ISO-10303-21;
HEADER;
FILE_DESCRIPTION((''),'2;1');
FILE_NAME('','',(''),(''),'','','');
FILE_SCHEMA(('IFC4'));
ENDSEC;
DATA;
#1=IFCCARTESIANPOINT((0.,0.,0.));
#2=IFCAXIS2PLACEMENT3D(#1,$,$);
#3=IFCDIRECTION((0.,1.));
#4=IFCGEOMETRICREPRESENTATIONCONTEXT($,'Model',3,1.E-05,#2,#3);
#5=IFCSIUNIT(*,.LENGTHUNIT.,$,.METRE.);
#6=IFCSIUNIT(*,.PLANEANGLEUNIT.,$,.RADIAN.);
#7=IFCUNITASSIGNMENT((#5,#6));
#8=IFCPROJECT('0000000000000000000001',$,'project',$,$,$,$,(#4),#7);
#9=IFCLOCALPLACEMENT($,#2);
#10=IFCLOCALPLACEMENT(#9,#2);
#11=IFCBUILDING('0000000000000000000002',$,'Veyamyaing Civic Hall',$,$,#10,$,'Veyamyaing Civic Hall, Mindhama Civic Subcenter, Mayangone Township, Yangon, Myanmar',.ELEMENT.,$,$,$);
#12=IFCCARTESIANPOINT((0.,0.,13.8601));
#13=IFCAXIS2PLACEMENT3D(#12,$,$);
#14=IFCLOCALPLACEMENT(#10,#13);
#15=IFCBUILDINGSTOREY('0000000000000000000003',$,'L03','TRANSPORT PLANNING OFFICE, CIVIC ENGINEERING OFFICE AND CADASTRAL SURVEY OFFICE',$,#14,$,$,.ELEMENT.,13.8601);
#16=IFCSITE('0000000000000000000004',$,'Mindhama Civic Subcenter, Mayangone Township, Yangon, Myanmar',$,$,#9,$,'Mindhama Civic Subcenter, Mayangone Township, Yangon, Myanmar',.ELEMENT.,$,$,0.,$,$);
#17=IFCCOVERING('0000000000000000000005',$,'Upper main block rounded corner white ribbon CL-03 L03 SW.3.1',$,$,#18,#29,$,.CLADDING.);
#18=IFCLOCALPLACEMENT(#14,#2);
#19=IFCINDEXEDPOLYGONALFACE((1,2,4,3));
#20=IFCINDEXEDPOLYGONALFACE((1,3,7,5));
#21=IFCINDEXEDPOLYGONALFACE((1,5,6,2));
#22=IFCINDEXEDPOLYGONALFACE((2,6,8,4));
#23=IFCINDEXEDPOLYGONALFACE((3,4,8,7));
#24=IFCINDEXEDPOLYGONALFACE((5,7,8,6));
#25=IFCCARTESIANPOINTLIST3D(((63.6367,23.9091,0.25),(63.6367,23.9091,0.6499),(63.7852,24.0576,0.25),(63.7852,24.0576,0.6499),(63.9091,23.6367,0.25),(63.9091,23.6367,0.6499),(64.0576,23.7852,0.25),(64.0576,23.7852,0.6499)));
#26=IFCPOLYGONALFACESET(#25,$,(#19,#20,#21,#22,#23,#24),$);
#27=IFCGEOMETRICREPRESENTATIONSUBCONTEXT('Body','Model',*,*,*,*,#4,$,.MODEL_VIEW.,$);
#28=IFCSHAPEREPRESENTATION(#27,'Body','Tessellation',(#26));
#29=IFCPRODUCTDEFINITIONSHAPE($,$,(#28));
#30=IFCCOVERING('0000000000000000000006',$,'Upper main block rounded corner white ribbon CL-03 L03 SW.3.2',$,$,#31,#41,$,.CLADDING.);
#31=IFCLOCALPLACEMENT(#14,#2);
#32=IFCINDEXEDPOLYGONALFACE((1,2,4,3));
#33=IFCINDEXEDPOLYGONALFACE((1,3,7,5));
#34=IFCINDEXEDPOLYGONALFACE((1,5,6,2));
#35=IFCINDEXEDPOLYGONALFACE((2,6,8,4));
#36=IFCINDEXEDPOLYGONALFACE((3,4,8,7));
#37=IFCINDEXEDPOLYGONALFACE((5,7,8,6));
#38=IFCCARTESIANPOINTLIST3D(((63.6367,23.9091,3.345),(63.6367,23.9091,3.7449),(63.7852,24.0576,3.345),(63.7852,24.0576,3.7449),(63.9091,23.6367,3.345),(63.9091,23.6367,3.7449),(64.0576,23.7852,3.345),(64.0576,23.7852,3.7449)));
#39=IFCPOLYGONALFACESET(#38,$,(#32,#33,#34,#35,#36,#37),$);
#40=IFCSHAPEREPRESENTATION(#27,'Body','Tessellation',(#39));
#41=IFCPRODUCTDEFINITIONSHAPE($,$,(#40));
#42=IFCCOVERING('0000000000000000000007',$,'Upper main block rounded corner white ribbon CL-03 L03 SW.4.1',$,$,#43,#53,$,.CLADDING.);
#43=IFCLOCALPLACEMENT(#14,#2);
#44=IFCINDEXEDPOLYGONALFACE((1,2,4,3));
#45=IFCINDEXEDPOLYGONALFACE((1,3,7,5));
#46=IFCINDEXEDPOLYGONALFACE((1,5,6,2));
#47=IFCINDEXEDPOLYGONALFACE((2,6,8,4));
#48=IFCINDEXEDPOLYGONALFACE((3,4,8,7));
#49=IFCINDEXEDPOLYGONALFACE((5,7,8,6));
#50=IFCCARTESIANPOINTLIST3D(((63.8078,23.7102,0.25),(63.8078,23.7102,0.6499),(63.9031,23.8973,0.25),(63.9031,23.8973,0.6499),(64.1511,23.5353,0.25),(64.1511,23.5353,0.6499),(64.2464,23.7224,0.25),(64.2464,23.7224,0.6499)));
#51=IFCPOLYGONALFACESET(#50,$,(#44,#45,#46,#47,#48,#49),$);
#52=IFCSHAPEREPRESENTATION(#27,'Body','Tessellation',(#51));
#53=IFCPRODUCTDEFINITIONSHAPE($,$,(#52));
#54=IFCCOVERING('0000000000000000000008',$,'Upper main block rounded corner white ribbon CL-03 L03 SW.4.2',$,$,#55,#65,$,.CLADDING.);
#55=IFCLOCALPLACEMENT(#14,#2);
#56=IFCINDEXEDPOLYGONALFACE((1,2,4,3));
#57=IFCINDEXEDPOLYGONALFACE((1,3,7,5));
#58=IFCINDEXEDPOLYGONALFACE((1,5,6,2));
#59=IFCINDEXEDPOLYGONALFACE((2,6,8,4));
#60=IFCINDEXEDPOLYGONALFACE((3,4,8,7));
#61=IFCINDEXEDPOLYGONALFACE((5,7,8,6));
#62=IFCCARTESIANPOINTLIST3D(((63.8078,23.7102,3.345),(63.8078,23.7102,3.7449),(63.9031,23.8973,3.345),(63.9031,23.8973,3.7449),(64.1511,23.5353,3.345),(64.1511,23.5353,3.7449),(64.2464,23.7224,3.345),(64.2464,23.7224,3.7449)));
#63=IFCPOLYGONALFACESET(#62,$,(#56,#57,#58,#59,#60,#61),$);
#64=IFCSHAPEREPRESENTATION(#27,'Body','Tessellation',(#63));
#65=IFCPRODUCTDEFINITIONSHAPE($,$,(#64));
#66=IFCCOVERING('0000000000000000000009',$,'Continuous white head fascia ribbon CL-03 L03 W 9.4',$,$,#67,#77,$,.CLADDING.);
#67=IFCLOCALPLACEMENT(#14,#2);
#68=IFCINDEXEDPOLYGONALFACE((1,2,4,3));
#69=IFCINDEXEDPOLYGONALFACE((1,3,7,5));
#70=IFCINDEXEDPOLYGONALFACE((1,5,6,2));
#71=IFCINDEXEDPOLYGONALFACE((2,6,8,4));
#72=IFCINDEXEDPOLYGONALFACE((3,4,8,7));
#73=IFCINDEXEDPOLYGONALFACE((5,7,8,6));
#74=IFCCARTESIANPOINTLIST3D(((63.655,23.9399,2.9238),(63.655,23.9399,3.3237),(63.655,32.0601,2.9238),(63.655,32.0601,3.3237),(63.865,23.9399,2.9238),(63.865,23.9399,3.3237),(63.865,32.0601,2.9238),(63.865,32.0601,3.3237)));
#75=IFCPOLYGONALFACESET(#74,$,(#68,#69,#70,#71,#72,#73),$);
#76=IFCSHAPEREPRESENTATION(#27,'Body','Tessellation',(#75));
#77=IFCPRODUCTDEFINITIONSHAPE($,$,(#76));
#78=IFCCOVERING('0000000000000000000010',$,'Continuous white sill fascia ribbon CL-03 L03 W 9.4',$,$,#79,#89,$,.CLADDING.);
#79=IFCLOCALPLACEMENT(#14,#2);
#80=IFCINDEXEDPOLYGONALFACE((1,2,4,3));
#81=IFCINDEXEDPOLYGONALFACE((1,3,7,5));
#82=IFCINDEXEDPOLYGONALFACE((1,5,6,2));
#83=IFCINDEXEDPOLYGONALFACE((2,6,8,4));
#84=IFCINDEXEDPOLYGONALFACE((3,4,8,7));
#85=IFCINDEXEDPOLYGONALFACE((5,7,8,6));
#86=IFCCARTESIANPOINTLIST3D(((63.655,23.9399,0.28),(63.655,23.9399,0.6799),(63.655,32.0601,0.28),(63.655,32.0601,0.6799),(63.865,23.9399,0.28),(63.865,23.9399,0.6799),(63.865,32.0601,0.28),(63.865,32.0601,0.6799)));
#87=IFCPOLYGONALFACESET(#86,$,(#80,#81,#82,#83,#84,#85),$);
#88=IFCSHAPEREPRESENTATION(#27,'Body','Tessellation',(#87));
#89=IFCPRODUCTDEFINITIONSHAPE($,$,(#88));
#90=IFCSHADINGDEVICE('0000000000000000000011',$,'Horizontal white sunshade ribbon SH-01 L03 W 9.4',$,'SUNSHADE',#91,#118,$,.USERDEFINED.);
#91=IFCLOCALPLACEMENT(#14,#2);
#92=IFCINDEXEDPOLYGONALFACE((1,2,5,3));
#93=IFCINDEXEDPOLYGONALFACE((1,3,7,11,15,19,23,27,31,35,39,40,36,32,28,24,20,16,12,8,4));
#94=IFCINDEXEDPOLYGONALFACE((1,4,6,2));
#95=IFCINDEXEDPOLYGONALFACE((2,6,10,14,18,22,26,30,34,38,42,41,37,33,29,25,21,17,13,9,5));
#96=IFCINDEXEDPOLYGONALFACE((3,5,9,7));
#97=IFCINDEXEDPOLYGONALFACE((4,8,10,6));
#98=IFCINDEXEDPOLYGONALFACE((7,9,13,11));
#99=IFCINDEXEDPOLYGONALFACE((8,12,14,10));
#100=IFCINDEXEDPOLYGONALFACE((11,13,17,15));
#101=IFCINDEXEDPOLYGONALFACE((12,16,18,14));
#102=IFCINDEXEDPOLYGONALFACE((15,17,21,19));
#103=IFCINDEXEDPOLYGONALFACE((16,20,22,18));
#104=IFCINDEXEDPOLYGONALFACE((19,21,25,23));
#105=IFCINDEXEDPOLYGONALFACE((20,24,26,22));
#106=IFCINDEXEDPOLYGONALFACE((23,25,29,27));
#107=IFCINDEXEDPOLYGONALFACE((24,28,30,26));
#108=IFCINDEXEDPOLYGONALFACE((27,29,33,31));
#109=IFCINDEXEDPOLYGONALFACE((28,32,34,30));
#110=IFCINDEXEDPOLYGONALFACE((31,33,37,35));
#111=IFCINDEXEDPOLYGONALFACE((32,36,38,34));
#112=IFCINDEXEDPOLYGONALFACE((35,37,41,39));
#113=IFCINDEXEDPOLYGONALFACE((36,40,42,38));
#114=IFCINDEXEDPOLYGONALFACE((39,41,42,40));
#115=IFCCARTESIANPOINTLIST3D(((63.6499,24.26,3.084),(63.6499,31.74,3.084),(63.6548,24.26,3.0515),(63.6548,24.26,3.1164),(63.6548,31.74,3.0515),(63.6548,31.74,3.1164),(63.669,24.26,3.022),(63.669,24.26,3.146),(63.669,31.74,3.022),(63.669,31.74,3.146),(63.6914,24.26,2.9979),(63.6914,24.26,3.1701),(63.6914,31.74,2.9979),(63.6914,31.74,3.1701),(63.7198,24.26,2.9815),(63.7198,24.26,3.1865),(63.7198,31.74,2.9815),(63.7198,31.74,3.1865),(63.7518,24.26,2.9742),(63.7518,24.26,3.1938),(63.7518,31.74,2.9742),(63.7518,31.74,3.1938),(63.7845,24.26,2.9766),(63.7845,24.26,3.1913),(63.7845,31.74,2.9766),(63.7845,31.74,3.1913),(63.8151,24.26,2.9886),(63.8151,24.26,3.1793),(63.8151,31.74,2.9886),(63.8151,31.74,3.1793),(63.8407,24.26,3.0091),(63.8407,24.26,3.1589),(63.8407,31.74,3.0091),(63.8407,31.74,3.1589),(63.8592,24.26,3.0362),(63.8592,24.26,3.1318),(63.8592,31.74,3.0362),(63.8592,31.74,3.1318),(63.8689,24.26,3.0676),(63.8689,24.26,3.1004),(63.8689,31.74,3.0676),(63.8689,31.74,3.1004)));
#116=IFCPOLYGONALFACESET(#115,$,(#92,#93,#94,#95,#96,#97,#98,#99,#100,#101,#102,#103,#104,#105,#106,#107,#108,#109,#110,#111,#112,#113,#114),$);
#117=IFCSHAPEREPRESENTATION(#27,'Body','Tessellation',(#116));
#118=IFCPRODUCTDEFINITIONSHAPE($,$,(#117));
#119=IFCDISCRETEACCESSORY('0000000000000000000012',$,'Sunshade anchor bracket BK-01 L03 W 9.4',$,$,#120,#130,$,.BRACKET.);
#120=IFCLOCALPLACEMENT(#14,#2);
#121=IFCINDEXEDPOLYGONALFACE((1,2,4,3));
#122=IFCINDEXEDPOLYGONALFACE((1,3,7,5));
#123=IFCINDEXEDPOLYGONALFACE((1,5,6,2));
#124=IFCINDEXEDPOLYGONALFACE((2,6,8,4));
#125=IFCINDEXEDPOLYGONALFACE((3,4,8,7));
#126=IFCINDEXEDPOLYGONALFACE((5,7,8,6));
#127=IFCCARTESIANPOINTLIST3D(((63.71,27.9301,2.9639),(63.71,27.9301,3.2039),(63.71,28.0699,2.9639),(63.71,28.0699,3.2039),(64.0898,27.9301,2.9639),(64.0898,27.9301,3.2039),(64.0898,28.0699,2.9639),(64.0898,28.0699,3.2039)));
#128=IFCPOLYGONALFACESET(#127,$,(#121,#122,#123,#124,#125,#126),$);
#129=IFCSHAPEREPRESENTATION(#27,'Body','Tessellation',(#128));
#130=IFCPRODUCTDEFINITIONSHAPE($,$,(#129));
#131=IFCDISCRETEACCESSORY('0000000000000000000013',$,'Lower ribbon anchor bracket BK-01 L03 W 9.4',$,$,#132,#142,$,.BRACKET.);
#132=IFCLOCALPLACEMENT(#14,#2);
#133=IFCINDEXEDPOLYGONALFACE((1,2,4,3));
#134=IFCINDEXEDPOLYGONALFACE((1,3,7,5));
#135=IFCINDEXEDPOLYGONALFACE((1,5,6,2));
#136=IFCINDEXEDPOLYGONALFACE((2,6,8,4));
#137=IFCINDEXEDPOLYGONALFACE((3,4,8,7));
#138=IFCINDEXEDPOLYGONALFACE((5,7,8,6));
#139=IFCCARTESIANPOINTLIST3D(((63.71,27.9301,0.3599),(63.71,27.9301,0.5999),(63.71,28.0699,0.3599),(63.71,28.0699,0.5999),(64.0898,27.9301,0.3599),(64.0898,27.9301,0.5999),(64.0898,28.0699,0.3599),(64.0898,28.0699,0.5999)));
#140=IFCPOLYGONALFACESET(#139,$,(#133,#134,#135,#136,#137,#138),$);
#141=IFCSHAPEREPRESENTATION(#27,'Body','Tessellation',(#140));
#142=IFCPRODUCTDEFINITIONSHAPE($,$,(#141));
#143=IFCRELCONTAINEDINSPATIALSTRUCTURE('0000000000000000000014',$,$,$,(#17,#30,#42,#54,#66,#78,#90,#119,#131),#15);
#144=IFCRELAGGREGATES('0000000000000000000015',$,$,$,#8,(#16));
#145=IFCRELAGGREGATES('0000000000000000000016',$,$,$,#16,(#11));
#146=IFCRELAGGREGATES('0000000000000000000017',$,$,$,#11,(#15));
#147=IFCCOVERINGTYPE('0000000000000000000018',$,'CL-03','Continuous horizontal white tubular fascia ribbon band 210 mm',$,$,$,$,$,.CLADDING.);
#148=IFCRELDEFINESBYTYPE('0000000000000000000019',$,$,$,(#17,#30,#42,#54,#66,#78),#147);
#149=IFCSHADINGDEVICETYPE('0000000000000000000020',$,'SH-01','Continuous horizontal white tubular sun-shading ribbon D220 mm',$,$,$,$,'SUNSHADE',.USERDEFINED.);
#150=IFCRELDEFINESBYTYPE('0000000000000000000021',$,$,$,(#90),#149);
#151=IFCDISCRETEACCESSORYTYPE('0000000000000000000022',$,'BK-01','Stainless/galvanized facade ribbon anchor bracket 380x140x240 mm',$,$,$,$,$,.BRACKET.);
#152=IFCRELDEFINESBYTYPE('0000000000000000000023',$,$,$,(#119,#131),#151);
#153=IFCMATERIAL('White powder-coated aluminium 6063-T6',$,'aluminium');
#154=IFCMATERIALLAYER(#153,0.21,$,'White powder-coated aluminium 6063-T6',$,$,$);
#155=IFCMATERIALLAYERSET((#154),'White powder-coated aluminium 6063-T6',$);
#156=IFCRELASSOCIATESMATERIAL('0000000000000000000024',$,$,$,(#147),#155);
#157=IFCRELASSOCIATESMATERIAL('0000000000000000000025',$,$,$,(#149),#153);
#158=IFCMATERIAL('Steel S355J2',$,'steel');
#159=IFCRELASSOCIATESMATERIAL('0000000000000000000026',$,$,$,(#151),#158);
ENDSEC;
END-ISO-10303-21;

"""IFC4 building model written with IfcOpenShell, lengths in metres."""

from ifc_helpers import new_model, si_unit, direction, frame, origin, origin_2d, place, context, subcontext, project, spatial, rectangle, circle, extrude, material, layer, layer_set, material_profile, profile_set, type_object, element, save


model = new_model("IFC4")

# Units and contexts
model_context = context("Model", 3, precision=1e-05, world=origin(), true_north=direction((0.0, 1.0)))
body_context = subcontext(model_context, "Body", "Model", "MODEL_VIEW")
ifc_project = project(units=[si_unit("LENGTHUNIT", "METRE"), si_unit("PLANEANGLEUNIT", "RADIAN")], contexts=[model_context])

# Site, building, storey
site_placement = place(None, origin())
site = spatial("IfcSite", under=ifc_project, at=site_placement, Name="Mindhama Civic Subcenter, Mayangone Township, Yangon, Myanmar", LongName="Mindhama Civic Subcenter, Mayangone Township, Yangon, Myanmar", CompositionType="ELEMENT", RefElevation=0.0)
building_placement = place(site_placement, origin())
building = spatial("IfcBuilding", under=site, at=building_placement, Name="Veyamyaing Civic Hall", LongName="Veyamyaing Civic Hall, Mindhama Civic Subcenter, Mayangone Township, Yangon, Myanmar", CompositionType="ELEMENT")
storey_placement = place(building_placement, frame((0.0, 0.0, 13.8601)))
storey = spatial("IfcBuildingStorey", under=building, at=storey_placement, Name="L03", Description="TRANSPORT PLANNING OFFICE, CIVIC ENGINEERING OFFICE AND CADASTRAL SURVEY OFFICE", CompositionType="ELEMENT", Elevation=13.8601)

# Coverings
ifc_material_1 = material(Name="White powder-coated aluminium 6063-T6", Category="aluminium")
ifc_layer_1 = layer(ifc_material_1, 0.21, Name="White powder-coated aluminium 6063-T6")
ifc_layer_set_1 = layer_set([ifc_layer_1], Name="White powder-coated aluminium 6063-T6")
covering_type_1 = type_object("IfcCoveringType", Name="CL-03", Description="Continuous horizontal white tubular fascia ribbon band 210 mm", PredefinedType="CLADDING", material=ifc_layer_set_1)
for number, where, z_axis, x_axis, name in (
    (1, (63.8472, 23.8472, 0.25), (0.0, 0.0, 1.0), (0.707107, -0.707107, 0.0), "Upper main block rounded corner white ribbon CL-03 L03 SW.3.1"),
    (2, (63.8472, 23.8472, 3.345), (0.0, 0.0, 1.0), (0.707107, -0.707107, 0.0), "Upper main block rounded corner white ribbon CL-03 L03 SW.3.2"),
    (3, (64.0271, 23.7163, 0.25), (0.0, 0.0, 1.0), (0.891007, -0.45399, 0.0), "Upper main block rounded corner white ribbon CL-03 L03 SW.4.1"),
    (4, (64.0271, 23.7163, 3.345), (0.0, 0.0, 1.0), (0.891007, -0.45399, 0.0), "Upper main block rounded corner white ribbon CL-03 L03 SW.4.2"),
):
    element("IfcCovering", number, at=place(storey_placement, frame(where, z_axis=z_axis, x_axis=x_axis)), inside=storey, type_object=covering_type_1, Name=name, PredefinedType="CLADDING", context=body_context, shape_type="SweptSolid", body=[
        extrude(rectangle(XDim=0.3853, YDim=0.21, at=origin_2d()), origin(), (0.0, 0.0, 1.0), 0.3999),
    ])
for number, where, z_axis, x_axis, name in (
    (5, (63.76, 28.0, 2.9238), (0.0, 0.0, 1.0), (0.0, 1.0, 0.0), "Continuous white head fascia ribbon CL-03 L03 W 9.4"),
    (6, (63.76, 28.0, 0.28), (0.0, 0.0, 1.0), (0.0, 1.0, 0.0), "Continuous white sill fascia ribbon CL-03 L03 W 9.4"),
):
    element("IfcCovering", number, at=place(storey_placement, frame(where, z_axis=z_axis, x_axis=x_axis)), inside=storey, type_object=covering_type_1, Name=name, PredefinedType="CLADDING", context=body_context, shape_type="SweptSolid", body=[
        extrude(rectangle(XDim=8.1201, YDim=0.21, at=origin_2d()), origin(), (0.0, 0.0, 1.0), 0.3999),
    ])

# Shading device
ifc_material_profile_1 = material_profile(ifc_material_1, circle(Radius=0.1101, at=origin_2d()), Name="SHADE-TUBE-220")
ifc_profile_set_1 = profile_set([ifc_material_profile_1], Name="White powder-coated aluminium 6063-T6")
shading_device_type = type_object("IfcShadingDeviceType", Name="SH-01", Description="Continuous horizontal white tubular sun-shading ribbon D220 mm", ElementType="SUNSHADE", PredefinedType="USERDEFINED", material=ifc_profile_set_1)
shading_device_placement = place(storey_placement, frame((63.76, 24.26, 3.084), z_axis=(0.0, 1.0, 0.0), x_axis=(-1.0, 0.0, 0.0)))
element("IfcShadingDevice", 7, at=shading_device_placement, inside=storey, type_object=shading_device_type, Name="Horizontal white sunshade ribbon SH-01 L03 W 9.4", ObjectType="SUNSHADE", PredefinedType="USERDEFINED", context=body_context, shape_type="SweptSolid", body=[
    extrude(circle(Radius=0.1101, at=origin_2d()), origin(), (0.0, 0.0, 1.0), 7.48),
])

# Discrete accessories
ifc_material_2 = material(Name="Steel S355J2", Category="steel")
discrete_accessory_type = type_object("IfcDiscreteAccessoryType", Name="BK-01", Description="Stainless/galvanized facade ribbon anchor bracket 380x140x240 mm", PredefinedType="BRACKET", material=ifc_material_2)
for number, where, z_axis, x_axis, name in (
    (8, (63.8999, 28.0, 2.9639), (0.0, 0.0, 1.0), (-1.0, 0.0, 0.0), "Sunshade anchor bracket BK-01 L03 W 9.4"),
    (9, (63.8999, 28.0, 0.3599), (0.0, 0.0, 1.0), (-1.0, 0.0, 0.0), "Lower ribbon anchor bracket BK-01 L03 W 9.4"),
):
    element("IfcDiscreteAccessory", number, at=place(storey_placement, frame(where, z_axis=z_axis, x_axis=x_axis)), inside=storey, type_object=discrete_accessory_type, Name=name, PredefinedType="BRACKET", context=body_context, shape_type="SweptSolid", body=[
        extrude(rectangle(XDim=0.3799, YDim=0.1399, at=origin_2d()), origin(), (0.0, 0.0, 1.0), 0.24),
    ])

save(model, "model.ifc")
